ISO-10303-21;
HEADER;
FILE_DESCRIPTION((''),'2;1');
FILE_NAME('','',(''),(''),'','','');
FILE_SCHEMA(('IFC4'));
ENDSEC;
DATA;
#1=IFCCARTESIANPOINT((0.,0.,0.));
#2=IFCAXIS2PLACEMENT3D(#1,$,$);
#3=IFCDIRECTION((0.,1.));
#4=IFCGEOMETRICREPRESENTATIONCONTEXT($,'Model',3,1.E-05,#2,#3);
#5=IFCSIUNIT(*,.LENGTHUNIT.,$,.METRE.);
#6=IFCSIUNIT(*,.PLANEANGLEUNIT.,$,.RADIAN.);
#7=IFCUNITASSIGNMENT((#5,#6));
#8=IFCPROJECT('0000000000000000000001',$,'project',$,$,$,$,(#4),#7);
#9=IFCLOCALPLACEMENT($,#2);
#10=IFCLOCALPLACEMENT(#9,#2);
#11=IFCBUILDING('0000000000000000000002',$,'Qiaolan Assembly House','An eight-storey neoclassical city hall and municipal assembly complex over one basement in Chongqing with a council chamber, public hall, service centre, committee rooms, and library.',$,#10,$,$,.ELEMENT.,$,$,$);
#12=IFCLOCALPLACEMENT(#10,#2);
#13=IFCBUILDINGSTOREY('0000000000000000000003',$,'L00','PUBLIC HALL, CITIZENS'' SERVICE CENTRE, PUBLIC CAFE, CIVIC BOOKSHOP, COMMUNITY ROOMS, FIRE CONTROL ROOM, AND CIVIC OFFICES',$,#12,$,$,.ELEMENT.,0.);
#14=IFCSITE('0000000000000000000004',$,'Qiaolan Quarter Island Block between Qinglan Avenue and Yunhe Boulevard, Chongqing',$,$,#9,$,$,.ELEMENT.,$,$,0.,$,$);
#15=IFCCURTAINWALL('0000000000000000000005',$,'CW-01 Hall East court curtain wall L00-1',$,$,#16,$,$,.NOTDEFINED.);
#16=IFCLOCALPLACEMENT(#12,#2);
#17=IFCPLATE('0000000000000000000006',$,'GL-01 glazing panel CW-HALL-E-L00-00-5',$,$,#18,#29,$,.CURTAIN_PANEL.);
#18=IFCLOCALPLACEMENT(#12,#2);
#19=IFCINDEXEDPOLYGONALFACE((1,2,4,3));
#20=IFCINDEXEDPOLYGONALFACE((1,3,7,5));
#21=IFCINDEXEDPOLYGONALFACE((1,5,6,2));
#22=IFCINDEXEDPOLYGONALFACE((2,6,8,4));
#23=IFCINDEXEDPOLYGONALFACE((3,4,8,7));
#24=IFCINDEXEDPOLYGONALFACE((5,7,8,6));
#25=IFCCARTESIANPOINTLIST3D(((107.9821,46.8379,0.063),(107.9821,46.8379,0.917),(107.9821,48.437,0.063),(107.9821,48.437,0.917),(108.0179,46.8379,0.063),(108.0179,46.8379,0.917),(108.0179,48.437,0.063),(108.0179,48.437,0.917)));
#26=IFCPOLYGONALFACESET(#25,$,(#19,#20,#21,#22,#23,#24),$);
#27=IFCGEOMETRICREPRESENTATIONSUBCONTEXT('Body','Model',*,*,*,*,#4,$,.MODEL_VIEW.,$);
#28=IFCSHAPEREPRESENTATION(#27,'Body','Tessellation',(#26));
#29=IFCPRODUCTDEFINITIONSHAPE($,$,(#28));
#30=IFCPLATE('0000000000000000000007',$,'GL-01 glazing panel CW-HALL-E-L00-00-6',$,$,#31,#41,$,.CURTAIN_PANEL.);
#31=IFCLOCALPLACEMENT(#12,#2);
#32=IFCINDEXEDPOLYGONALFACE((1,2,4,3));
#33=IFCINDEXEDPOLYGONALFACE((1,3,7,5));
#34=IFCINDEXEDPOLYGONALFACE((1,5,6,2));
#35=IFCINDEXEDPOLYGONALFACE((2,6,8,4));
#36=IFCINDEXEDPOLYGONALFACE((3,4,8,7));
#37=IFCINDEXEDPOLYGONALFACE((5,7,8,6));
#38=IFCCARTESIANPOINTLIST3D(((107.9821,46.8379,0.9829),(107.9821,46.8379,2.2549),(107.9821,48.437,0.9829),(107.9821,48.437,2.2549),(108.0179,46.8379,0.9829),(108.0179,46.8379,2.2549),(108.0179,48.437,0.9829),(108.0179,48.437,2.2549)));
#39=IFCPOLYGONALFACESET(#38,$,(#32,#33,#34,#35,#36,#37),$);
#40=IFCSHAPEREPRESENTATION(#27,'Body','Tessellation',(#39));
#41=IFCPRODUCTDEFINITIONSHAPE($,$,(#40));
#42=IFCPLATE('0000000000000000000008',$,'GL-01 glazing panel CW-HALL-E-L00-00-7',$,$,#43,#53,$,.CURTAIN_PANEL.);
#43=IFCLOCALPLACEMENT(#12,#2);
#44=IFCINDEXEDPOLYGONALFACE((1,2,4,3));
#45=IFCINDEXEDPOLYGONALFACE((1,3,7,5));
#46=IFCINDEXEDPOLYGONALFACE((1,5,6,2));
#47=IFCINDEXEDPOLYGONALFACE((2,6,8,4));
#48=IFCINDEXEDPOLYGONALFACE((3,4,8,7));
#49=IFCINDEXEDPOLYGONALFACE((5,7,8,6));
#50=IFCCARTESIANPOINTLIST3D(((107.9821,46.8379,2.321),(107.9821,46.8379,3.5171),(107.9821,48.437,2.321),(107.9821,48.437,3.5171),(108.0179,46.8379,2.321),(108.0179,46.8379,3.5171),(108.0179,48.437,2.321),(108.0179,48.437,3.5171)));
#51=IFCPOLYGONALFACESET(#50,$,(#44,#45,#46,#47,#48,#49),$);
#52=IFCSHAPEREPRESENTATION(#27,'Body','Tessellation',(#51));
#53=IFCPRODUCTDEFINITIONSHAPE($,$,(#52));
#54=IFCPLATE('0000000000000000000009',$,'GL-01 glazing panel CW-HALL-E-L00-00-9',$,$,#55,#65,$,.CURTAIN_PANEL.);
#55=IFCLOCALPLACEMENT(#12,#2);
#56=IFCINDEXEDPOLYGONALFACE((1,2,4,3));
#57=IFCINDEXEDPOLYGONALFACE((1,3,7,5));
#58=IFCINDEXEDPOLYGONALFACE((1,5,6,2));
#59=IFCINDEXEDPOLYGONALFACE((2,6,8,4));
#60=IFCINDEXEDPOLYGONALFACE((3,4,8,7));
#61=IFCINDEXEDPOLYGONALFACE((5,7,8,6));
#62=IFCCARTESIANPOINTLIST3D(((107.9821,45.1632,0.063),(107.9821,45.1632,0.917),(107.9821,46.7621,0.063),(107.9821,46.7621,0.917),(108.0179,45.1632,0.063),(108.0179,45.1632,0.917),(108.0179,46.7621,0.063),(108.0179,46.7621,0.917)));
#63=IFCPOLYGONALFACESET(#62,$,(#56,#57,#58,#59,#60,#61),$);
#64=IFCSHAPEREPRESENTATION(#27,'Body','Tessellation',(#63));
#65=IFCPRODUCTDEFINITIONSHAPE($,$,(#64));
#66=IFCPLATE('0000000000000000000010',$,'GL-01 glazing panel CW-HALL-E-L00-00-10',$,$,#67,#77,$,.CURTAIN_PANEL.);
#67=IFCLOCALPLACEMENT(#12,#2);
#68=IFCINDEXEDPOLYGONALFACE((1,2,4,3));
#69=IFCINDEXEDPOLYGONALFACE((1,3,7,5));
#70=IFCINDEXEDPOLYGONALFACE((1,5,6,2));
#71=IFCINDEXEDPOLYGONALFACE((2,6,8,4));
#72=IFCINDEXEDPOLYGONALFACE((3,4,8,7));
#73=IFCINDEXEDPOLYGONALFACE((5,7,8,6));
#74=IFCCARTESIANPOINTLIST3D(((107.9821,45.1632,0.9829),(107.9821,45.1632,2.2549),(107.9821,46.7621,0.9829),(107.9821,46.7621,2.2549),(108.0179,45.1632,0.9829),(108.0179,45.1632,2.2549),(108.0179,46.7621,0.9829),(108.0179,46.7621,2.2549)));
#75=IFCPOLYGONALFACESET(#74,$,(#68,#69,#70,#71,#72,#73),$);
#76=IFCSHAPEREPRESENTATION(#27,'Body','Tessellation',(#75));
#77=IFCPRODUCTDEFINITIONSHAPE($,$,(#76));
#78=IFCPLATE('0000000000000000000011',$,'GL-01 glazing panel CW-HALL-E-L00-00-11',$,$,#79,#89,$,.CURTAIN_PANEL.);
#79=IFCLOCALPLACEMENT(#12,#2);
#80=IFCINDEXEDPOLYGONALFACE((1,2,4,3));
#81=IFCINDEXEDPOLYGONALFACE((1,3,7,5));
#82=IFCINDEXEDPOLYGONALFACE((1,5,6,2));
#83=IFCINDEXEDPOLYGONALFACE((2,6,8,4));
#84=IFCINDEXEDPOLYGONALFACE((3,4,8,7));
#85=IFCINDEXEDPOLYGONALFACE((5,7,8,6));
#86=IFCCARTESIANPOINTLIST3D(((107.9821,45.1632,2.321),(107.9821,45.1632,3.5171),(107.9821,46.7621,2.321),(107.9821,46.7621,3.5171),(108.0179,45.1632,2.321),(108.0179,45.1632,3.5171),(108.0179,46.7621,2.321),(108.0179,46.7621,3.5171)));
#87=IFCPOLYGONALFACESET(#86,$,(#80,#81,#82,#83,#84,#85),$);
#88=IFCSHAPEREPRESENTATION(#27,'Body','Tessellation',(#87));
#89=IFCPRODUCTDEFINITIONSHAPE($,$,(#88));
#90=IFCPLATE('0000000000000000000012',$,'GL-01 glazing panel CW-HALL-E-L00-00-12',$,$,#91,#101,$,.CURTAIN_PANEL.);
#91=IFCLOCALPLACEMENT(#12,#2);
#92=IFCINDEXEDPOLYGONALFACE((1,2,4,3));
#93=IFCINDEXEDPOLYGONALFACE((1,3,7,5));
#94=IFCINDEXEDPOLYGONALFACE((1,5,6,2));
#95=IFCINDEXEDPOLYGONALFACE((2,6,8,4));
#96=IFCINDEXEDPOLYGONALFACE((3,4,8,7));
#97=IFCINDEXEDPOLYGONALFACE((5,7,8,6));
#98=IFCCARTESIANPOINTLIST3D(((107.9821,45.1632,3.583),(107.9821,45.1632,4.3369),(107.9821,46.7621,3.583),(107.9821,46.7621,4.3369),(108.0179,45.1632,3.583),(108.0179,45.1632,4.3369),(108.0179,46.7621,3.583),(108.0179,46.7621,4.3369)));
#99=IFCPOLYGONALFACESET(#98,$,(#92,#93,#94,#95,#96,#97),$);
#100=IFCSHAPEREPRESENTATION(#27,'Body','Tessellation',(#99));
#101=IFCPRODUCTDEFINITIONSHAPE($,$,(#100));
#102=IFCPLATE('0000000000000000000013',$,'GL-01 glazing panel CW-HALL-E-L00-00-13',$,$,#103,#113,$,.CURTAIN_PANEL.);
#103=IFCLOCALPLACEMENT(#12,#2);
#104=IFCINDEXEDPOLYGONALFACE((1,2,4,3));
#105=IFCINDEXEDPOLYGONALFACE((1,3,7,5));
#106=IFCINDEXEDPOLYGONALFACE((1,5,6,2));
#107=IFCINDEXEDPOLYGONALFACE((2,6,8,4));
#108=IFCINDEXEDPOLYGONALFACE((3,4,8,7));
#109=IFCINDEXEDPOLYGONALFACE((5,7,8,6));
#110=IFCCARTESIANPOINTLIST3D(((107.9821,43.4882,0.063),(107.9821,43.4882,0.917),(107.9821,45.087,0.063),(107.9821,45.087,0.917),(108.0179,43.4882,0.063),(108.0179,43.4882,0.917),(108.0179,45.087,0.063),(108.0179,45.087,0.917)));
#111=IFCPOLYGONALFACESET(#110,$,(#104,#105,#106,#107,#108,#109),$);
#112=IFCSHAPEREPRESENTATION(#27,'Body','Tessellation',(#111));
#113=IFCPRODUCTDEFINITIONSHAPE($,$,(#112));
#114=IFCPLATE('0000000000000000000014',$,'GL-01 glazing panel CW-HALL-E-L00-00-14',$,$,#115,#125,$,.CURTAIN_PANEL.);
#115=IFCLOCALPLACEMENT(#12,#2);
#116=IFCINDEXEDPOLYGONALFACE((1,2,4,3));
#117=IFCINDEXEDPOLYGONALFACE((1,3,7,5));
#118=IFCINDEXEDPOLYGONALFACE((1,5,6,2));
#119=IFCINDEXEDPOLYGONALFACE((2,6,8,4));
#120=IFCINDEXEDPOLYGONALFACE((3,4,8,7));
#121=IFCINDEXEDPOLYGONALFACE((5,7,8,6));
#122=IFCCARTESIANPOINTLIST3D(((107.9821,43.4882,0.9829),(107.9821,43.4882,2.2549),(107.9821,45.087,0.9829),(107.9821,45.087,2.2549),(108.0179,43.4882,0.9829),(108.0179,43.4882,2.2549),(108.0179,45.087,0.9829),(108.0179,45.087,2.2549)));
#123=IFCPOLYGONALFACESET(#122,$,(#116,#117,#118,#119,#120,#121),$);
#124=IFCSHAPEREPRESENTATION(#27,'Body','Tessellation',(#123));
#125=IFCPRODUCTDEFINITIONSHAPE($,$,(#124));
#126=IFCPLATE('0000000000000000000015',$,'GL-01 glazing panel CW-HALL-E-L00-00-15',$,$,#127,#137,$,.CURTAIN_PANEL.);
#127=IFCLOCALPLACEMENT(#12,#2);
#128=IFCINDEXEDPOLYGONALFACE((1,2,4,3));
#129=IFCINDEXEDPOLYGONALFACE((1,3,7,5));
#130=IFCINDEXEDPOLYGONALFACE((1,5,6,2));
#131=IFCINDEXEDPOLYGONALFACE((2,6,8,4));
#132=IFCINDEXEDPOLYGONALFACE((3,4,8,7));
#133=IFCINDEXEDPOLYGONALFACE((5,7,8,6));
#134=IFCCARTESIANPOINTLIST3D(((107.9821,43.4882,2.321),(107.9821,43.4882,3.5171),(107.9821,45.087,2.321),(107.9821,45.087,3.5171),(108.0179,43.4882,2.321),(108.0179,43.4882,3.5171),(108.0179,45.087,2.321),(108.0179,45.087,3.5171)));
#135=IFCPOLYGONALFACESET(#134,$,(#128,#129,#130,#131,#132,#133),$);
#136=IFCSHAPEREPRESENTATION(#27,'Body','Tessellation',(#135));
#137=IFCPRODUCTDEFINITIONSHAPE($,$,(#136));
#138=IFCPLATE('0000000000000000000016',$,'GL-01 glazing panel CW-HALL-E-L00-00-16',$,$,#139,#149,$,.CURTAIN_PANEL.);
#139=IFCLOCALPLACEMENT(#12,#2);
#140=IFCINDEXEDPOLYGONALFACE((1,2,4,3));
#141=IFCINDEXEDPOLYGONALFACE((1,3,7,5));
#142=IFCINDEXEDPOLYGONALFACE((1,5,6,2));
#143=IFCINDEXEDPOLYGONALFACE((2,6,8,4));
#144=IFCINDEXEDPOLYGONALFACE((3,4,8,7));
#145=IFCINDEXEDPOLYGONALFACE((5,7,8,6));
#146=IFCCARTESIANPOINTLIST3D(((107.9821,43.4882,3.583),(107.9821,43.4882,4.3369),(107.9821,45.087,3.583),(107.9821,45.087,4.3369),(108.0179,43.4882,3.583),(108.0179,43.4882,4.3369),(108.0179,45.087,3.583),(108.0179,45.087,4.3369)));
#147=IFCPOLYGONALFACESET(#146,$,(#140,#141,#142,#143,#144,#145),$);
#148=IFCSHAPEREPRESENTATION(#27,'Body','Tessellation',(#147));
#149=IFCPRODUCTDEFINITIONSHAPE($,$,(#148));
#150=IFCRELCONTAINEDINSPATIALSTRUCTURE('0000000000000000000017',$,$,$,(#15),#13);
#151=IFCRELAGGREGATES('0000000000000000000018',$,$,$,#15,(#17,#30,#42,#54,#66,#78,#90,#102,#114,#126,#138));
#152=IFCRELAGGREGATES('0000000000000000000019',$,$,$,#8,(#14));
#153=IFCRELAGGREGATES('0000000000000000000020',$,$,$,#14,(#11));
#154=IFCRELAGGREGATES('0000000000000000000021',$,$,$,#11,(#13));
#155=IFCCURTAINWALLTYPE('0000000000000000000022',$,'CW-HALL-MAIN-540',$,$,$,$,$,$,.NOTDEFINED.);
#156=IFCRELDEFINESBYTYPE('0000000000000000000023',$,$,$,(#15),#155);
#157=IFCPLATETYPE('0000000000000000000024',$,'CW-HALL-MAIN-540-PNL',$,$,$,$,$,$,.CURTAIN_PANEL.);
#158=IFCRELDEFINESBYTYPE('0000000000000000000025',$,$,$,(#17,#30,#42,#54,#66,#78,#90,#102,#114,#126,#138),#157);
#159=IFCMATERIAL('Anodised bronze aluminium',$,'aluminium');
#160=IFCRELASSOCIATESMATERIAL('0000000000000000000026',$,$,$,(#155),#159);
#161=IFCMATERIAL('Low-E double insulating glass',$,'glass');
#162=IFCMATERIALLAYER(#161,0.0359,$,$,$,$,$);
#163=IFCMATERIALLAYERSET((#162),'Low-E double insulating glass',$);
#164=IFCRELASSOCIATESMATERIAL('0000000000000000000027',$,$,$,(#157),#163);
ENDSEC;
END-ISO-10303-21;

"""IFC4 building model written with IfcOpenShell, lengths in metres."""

from ifc_helpers import new_model, si_unit, direction, frame, frame_2d, origin, place, context, subcontext, project, spatial, rectangle, extrude, material, layer, layer_set, type_object, element, aggregate, save


model = new_model("IFC4")

# Units and contexts
model_context = context("Model", 3, precision=1e-05, world=origin(), true_north=direction((0.0, 1.0)))
body_context = subcontext(model_context, "Body", "Model", "MODEL_VIEW")
ifc_project = project(units=[si_unit("LENGTHUNIT", "METRE"), si_unit("PLANEANGLEUNIT", "RADIAN")], contexts=[model_context])

# Site, building, storey
site_placement = place(None, origin())
site = spatial("IfcSite", under=ifc_project, at=site_placement, Name="Qiaolan Quarter Island Block between Qinglan Avenue and Yunhe Boulevard, Chongqing", CompositionType="ELEMENT", RefElevation=0.0)
building_placement = place(site_placement, origin())
building = spatial("IfcBuilding", under=site, at=building_placement, Name="Qiaolan Assembly House", Description="An eight-storey neoclassical city hall and municipal assembly complex over one basement in Chongqing with a council chamber, public hall, service centre, committee rooms, and library.", CompositionType="ELEMENT")
storey_placement = place(building_placement, origin())
storey = spatial("IfcBuildingStorey", under=building, at=storey_placement, Name="L00", Description="PUBLIC HALL, CITIZENS' SERVICE CENTRE, PUBLIC CAFE, CIVIC BOOKSHOP, COMMUNITY ROOMS, FIRE CONTROL ROOM, AND CIVIC OFFICES", CompositionType="ELEMENT", Elevation=0.0)

# Curtain wall, plates
ifc_material_1 = material(Name="Anodised bronze aluminium", Category="aluminium")
curtain_wall_type = type_object("IfcCurtainWallType", Name="CW-HALL-MAIN-540", PredefinedType="NOTDEFINED", material=ifc_material_1)
curtain_wall_placement = place(storey_placement, origin())
curtain_wall = element("IfcCurtainWall", 1, at=curtain_wall_placement, inside=storey, type_object=curtain_wall_type, Name="CW-01 Hall East court curtain wall L00-1", PredefinedType="NOTDEFINED")
ifc_material_2 = material(Name="Low-E double insulating glass", Category="glass")
ifc_layer = layer(ifc_material_2, 0.0359)
ifc_layer_set = layer_set([ifc_layer], Name="Low-E double insulating glass")
plate_type = type_object("IfcPlateType", Name="CW-HALL-MAIN-540-PNL", PredefinedType="CURTAIN_PANEL", material=ifc_layer_set)
plate_1_placement = place(storey_placement, frame((108.0, 48.437, 0.063), z_axis=(0.0, 0.0, 1.0), x_axis=(0.0, -1.0, 0.0)))
plate_1 = element("IfcPlate", 2, at=plate_1_placement, type_object=plate_type, Name="GL-01 glazing panel CW-HALL-E-L00-00-5", PredefinedType="CURTAIN_PANEL", context=body_context, shape_type="SweptSolid", body=[
    extrude(rectangle(XDim=1.5991, YDim=0.0359, at=frame_2d((0.7996, 0.0))), origin(), (0.0, 0.0, 1.0), 0.854),
])
plate_2_placement = place(storey_placement, frame((108.0, 48.437, 0.9829), z_axis=(0.0, 0.0, 1.0), x_axis=(0.0, -1.0, 0.0)))
plate_2 = element("IfcPlate", 3, at=plate_2_placement, type_object=plate_type, Name="GL-01 glazing panel CW-HALL-E-L00-00-6", PredefinedType="CURTAIN_PANEL", context=body_context, shape_type="SweptSolid", body=[
    extrude(rectangle(XDim=1.5991, YDim=0.0359, at=frame_2d((0.7996, 0.0))), origin(), (0.0, 0.0, 1.0), 1.272),
])
plate_3_placement = place(storey_placement, frame((108.0, 48.437, 2.321), z_axis=(0.0, 0.0, 1.0), x_axis=(0.0, -1.0, 0.0)))
plate_3 = element("IfcPlate", 4, at=plate_3_placement, type_object=plate_type, Name="GL-01 glazing panel CW-HALL-E-L00-00-7", PredefinedType="CURTAIN_PANEL", context=body_context, shape_type="SweptSolid", body=[
    extrude(rectangle(XDim=1.5991, YDim=0.0359, at=frame_2d((0.7996, 0.0))), origin(), (0.0, 0.0, 1.0), 1.196),
])
plate_4_placement = place(storey_placement, frame((108.0, 46.762, 0.063), z_axis=(0.0, 0.0, 1.0), x_axis=(0.0, -1.0, 0.0)))
plate_4 = element("IfcPlate", 5, at=plate_4_placement, type_object=plate_type, Name="GL-01 glazing panel CW-HALL-E-L00-00-9", PredefinedType="CURTAIN_PANEL", context=body_context, shape_type="SweptSolid", body=[
    extrude(rectangle(XDim=1.5989, YDim=0.0359, at=frame_2d((0.7993, 0.0))), origin(), (0.0, 0.0, 1.0), 0.854),
])
plate_5_placement = place(storey_placement, frame((108.0, 46.762, 0.9829), z_axis=(0.0, 0.0, 1.0), x_axis=(0.0, -1.0, 0.0)))
plate_5 = element("IfcPlate", 6, at=plate_5_placement, type_object=plate_type, Name="GL-01 glazing panel CW-HALL-E-L00-00-10", PredefinedType="CURTAIN_PANEL", context=body_context, shape_type="SweptSolid", body=[
    extrude(rectangle(XDim=1.5989, YDim=0.0359, at=frame_2d((0.7993, 0.0))), origin(), (0.0, 0.0, 1.0), 1.272),
])
plate_6_placement = place(storey_placement, frame((108.0, 46.762, 2.321), z_axis=(0.0, 0.0, 1.0), x_axis=(0.0, -1.0, 0.0)))
plate_6 = element("IfcPlate", 7, at=plate_6_placement, type_object=plate_type, Name="GL-01 glazing panel CW-HALL-E-L00-00-11", PredefinedType="CURTAIN_PANEL", context=body_context, shape_type="SweptSolid", body=[
    extrude(rectangle(XDim=1.5989, YDim=0.0359, at=frame_2d((0.7993, 0.0))), origin(), (0.0, 0.0, 1.0), 1.196),
])
plate_7_placement = place(storey_placement, frame((108.0, 46.762, 3.583), z_axis=(0.0, 0.0, 1.0), x_axis=(0.0, -1.0, 0.0)))
plate_7 = element("IfcPlate", 8, at=plate_7_placement, type_object=plate_type, Name="GL-01 glazing panel CW-HALL-E-L00-00-12", PredefinedType="CURTAIN_PANEL", context=body_context, shape_type="SweptSolid", body=[
    extrude(rectangle(XDim=1.5989, YDim=0.0359, at=frame_2d((0.7993, 0.0))), origin(), (0.0, 0.0, 1.0), 0.7539),
])
plate_8_placement = place(storey_placement, frame((108.0, 45.0869, 0.063), z_axis=(0.0, 0.0, 1.0), x_axis=(0.0, -1.0, 0.0)))
plate_8 = element("IfcPlate", 9, at=plate_8_placement, type_object=plate_type, Name="GL-01 glazing panel CW-HALL-E-L00-00-13", PredefinedType="CURTAIN_PANEL", context=body_context, shape_type="SweptSolid", body=[
    extrude(rectangle(XDim=1.5989, YDim=0.0359, at=frame_2d((0.7993, 0.0))), origin(), (0.0, 0.0, 1.0), 0.854),
])
plate_9_placement = place(storey_placement, frame((108.0, 45.0869, 0.9829), z_axis=(0.0, 0.0, 1.0), x_axis=(0.0, -1.0, 0.0)))
plate_9 = element("IfcPlate", 10, at=plate_9_placement, type_object=plate_type, Name="GL-01 glazing panel CW-HALL-E-L00-00-14", PredefinedType="CURTAIN_PANEL", context=body_context, shape_type="SweptSolid", body=[
    extrude(rectangle(XDim=1.5989, YDim=0.0359, at=frame_2d((0.7993, 0.0))), origin(), (0.0, 0.0, 1.0), 1.272),
])
plate_10_placement = place(storey_placement, frame((108.0, 45.0869, 2.321), z_axis=(0.0, 0.0, 1.0), x_axis=(0.0, -1.0, 0.0)))
plate_10 = element("IfcPlate", 11, at=plate_10_placement, type_object=plate_type, Name="GL-01 glazing panel CW-HALL-E-L00-00-15", PredefinedType="CURTAIN_PANEL", context=body_context, shape_type="SweptSolid", body=[
    extrude(rectangle(XDim=1.5989, YDim=0.0359, at=frame_2d((0.7993, 0.0))), origin(), (0.0, 0.0, 1.0), 1.196),
])
plate_11_placement = place(storey_placement, frame((108.0, 45.0869, 3.583), z_axis=(0.0, 0.0, 1.0), x_axis=(0.0, -1.0, 0.0)))
plate_11 = element("IfcPlate", 12, at=plate_11_placement, type_object=plate_type, Name="GL-01 glazing panel CW-HALL-E-L00-00-16", PredefinedType="CURTAIN_PANEL", context=body_context, shape_type="SweptSolid", body=[
    extrude(rectangle(XDim=1.5989, YDim=0.0359, at=frame_2d((0.7993, 0.0))), origin(), (0.0, 0.0, 1.0), 0.7539),
])
aggregate(curtain_wall, [plate_1, plate_2, plate_3, plate_4, plate_5, plate_6, plate_7, plate_8, plate_9, plate_10, plate_11])

save(model, "model.ifc")
